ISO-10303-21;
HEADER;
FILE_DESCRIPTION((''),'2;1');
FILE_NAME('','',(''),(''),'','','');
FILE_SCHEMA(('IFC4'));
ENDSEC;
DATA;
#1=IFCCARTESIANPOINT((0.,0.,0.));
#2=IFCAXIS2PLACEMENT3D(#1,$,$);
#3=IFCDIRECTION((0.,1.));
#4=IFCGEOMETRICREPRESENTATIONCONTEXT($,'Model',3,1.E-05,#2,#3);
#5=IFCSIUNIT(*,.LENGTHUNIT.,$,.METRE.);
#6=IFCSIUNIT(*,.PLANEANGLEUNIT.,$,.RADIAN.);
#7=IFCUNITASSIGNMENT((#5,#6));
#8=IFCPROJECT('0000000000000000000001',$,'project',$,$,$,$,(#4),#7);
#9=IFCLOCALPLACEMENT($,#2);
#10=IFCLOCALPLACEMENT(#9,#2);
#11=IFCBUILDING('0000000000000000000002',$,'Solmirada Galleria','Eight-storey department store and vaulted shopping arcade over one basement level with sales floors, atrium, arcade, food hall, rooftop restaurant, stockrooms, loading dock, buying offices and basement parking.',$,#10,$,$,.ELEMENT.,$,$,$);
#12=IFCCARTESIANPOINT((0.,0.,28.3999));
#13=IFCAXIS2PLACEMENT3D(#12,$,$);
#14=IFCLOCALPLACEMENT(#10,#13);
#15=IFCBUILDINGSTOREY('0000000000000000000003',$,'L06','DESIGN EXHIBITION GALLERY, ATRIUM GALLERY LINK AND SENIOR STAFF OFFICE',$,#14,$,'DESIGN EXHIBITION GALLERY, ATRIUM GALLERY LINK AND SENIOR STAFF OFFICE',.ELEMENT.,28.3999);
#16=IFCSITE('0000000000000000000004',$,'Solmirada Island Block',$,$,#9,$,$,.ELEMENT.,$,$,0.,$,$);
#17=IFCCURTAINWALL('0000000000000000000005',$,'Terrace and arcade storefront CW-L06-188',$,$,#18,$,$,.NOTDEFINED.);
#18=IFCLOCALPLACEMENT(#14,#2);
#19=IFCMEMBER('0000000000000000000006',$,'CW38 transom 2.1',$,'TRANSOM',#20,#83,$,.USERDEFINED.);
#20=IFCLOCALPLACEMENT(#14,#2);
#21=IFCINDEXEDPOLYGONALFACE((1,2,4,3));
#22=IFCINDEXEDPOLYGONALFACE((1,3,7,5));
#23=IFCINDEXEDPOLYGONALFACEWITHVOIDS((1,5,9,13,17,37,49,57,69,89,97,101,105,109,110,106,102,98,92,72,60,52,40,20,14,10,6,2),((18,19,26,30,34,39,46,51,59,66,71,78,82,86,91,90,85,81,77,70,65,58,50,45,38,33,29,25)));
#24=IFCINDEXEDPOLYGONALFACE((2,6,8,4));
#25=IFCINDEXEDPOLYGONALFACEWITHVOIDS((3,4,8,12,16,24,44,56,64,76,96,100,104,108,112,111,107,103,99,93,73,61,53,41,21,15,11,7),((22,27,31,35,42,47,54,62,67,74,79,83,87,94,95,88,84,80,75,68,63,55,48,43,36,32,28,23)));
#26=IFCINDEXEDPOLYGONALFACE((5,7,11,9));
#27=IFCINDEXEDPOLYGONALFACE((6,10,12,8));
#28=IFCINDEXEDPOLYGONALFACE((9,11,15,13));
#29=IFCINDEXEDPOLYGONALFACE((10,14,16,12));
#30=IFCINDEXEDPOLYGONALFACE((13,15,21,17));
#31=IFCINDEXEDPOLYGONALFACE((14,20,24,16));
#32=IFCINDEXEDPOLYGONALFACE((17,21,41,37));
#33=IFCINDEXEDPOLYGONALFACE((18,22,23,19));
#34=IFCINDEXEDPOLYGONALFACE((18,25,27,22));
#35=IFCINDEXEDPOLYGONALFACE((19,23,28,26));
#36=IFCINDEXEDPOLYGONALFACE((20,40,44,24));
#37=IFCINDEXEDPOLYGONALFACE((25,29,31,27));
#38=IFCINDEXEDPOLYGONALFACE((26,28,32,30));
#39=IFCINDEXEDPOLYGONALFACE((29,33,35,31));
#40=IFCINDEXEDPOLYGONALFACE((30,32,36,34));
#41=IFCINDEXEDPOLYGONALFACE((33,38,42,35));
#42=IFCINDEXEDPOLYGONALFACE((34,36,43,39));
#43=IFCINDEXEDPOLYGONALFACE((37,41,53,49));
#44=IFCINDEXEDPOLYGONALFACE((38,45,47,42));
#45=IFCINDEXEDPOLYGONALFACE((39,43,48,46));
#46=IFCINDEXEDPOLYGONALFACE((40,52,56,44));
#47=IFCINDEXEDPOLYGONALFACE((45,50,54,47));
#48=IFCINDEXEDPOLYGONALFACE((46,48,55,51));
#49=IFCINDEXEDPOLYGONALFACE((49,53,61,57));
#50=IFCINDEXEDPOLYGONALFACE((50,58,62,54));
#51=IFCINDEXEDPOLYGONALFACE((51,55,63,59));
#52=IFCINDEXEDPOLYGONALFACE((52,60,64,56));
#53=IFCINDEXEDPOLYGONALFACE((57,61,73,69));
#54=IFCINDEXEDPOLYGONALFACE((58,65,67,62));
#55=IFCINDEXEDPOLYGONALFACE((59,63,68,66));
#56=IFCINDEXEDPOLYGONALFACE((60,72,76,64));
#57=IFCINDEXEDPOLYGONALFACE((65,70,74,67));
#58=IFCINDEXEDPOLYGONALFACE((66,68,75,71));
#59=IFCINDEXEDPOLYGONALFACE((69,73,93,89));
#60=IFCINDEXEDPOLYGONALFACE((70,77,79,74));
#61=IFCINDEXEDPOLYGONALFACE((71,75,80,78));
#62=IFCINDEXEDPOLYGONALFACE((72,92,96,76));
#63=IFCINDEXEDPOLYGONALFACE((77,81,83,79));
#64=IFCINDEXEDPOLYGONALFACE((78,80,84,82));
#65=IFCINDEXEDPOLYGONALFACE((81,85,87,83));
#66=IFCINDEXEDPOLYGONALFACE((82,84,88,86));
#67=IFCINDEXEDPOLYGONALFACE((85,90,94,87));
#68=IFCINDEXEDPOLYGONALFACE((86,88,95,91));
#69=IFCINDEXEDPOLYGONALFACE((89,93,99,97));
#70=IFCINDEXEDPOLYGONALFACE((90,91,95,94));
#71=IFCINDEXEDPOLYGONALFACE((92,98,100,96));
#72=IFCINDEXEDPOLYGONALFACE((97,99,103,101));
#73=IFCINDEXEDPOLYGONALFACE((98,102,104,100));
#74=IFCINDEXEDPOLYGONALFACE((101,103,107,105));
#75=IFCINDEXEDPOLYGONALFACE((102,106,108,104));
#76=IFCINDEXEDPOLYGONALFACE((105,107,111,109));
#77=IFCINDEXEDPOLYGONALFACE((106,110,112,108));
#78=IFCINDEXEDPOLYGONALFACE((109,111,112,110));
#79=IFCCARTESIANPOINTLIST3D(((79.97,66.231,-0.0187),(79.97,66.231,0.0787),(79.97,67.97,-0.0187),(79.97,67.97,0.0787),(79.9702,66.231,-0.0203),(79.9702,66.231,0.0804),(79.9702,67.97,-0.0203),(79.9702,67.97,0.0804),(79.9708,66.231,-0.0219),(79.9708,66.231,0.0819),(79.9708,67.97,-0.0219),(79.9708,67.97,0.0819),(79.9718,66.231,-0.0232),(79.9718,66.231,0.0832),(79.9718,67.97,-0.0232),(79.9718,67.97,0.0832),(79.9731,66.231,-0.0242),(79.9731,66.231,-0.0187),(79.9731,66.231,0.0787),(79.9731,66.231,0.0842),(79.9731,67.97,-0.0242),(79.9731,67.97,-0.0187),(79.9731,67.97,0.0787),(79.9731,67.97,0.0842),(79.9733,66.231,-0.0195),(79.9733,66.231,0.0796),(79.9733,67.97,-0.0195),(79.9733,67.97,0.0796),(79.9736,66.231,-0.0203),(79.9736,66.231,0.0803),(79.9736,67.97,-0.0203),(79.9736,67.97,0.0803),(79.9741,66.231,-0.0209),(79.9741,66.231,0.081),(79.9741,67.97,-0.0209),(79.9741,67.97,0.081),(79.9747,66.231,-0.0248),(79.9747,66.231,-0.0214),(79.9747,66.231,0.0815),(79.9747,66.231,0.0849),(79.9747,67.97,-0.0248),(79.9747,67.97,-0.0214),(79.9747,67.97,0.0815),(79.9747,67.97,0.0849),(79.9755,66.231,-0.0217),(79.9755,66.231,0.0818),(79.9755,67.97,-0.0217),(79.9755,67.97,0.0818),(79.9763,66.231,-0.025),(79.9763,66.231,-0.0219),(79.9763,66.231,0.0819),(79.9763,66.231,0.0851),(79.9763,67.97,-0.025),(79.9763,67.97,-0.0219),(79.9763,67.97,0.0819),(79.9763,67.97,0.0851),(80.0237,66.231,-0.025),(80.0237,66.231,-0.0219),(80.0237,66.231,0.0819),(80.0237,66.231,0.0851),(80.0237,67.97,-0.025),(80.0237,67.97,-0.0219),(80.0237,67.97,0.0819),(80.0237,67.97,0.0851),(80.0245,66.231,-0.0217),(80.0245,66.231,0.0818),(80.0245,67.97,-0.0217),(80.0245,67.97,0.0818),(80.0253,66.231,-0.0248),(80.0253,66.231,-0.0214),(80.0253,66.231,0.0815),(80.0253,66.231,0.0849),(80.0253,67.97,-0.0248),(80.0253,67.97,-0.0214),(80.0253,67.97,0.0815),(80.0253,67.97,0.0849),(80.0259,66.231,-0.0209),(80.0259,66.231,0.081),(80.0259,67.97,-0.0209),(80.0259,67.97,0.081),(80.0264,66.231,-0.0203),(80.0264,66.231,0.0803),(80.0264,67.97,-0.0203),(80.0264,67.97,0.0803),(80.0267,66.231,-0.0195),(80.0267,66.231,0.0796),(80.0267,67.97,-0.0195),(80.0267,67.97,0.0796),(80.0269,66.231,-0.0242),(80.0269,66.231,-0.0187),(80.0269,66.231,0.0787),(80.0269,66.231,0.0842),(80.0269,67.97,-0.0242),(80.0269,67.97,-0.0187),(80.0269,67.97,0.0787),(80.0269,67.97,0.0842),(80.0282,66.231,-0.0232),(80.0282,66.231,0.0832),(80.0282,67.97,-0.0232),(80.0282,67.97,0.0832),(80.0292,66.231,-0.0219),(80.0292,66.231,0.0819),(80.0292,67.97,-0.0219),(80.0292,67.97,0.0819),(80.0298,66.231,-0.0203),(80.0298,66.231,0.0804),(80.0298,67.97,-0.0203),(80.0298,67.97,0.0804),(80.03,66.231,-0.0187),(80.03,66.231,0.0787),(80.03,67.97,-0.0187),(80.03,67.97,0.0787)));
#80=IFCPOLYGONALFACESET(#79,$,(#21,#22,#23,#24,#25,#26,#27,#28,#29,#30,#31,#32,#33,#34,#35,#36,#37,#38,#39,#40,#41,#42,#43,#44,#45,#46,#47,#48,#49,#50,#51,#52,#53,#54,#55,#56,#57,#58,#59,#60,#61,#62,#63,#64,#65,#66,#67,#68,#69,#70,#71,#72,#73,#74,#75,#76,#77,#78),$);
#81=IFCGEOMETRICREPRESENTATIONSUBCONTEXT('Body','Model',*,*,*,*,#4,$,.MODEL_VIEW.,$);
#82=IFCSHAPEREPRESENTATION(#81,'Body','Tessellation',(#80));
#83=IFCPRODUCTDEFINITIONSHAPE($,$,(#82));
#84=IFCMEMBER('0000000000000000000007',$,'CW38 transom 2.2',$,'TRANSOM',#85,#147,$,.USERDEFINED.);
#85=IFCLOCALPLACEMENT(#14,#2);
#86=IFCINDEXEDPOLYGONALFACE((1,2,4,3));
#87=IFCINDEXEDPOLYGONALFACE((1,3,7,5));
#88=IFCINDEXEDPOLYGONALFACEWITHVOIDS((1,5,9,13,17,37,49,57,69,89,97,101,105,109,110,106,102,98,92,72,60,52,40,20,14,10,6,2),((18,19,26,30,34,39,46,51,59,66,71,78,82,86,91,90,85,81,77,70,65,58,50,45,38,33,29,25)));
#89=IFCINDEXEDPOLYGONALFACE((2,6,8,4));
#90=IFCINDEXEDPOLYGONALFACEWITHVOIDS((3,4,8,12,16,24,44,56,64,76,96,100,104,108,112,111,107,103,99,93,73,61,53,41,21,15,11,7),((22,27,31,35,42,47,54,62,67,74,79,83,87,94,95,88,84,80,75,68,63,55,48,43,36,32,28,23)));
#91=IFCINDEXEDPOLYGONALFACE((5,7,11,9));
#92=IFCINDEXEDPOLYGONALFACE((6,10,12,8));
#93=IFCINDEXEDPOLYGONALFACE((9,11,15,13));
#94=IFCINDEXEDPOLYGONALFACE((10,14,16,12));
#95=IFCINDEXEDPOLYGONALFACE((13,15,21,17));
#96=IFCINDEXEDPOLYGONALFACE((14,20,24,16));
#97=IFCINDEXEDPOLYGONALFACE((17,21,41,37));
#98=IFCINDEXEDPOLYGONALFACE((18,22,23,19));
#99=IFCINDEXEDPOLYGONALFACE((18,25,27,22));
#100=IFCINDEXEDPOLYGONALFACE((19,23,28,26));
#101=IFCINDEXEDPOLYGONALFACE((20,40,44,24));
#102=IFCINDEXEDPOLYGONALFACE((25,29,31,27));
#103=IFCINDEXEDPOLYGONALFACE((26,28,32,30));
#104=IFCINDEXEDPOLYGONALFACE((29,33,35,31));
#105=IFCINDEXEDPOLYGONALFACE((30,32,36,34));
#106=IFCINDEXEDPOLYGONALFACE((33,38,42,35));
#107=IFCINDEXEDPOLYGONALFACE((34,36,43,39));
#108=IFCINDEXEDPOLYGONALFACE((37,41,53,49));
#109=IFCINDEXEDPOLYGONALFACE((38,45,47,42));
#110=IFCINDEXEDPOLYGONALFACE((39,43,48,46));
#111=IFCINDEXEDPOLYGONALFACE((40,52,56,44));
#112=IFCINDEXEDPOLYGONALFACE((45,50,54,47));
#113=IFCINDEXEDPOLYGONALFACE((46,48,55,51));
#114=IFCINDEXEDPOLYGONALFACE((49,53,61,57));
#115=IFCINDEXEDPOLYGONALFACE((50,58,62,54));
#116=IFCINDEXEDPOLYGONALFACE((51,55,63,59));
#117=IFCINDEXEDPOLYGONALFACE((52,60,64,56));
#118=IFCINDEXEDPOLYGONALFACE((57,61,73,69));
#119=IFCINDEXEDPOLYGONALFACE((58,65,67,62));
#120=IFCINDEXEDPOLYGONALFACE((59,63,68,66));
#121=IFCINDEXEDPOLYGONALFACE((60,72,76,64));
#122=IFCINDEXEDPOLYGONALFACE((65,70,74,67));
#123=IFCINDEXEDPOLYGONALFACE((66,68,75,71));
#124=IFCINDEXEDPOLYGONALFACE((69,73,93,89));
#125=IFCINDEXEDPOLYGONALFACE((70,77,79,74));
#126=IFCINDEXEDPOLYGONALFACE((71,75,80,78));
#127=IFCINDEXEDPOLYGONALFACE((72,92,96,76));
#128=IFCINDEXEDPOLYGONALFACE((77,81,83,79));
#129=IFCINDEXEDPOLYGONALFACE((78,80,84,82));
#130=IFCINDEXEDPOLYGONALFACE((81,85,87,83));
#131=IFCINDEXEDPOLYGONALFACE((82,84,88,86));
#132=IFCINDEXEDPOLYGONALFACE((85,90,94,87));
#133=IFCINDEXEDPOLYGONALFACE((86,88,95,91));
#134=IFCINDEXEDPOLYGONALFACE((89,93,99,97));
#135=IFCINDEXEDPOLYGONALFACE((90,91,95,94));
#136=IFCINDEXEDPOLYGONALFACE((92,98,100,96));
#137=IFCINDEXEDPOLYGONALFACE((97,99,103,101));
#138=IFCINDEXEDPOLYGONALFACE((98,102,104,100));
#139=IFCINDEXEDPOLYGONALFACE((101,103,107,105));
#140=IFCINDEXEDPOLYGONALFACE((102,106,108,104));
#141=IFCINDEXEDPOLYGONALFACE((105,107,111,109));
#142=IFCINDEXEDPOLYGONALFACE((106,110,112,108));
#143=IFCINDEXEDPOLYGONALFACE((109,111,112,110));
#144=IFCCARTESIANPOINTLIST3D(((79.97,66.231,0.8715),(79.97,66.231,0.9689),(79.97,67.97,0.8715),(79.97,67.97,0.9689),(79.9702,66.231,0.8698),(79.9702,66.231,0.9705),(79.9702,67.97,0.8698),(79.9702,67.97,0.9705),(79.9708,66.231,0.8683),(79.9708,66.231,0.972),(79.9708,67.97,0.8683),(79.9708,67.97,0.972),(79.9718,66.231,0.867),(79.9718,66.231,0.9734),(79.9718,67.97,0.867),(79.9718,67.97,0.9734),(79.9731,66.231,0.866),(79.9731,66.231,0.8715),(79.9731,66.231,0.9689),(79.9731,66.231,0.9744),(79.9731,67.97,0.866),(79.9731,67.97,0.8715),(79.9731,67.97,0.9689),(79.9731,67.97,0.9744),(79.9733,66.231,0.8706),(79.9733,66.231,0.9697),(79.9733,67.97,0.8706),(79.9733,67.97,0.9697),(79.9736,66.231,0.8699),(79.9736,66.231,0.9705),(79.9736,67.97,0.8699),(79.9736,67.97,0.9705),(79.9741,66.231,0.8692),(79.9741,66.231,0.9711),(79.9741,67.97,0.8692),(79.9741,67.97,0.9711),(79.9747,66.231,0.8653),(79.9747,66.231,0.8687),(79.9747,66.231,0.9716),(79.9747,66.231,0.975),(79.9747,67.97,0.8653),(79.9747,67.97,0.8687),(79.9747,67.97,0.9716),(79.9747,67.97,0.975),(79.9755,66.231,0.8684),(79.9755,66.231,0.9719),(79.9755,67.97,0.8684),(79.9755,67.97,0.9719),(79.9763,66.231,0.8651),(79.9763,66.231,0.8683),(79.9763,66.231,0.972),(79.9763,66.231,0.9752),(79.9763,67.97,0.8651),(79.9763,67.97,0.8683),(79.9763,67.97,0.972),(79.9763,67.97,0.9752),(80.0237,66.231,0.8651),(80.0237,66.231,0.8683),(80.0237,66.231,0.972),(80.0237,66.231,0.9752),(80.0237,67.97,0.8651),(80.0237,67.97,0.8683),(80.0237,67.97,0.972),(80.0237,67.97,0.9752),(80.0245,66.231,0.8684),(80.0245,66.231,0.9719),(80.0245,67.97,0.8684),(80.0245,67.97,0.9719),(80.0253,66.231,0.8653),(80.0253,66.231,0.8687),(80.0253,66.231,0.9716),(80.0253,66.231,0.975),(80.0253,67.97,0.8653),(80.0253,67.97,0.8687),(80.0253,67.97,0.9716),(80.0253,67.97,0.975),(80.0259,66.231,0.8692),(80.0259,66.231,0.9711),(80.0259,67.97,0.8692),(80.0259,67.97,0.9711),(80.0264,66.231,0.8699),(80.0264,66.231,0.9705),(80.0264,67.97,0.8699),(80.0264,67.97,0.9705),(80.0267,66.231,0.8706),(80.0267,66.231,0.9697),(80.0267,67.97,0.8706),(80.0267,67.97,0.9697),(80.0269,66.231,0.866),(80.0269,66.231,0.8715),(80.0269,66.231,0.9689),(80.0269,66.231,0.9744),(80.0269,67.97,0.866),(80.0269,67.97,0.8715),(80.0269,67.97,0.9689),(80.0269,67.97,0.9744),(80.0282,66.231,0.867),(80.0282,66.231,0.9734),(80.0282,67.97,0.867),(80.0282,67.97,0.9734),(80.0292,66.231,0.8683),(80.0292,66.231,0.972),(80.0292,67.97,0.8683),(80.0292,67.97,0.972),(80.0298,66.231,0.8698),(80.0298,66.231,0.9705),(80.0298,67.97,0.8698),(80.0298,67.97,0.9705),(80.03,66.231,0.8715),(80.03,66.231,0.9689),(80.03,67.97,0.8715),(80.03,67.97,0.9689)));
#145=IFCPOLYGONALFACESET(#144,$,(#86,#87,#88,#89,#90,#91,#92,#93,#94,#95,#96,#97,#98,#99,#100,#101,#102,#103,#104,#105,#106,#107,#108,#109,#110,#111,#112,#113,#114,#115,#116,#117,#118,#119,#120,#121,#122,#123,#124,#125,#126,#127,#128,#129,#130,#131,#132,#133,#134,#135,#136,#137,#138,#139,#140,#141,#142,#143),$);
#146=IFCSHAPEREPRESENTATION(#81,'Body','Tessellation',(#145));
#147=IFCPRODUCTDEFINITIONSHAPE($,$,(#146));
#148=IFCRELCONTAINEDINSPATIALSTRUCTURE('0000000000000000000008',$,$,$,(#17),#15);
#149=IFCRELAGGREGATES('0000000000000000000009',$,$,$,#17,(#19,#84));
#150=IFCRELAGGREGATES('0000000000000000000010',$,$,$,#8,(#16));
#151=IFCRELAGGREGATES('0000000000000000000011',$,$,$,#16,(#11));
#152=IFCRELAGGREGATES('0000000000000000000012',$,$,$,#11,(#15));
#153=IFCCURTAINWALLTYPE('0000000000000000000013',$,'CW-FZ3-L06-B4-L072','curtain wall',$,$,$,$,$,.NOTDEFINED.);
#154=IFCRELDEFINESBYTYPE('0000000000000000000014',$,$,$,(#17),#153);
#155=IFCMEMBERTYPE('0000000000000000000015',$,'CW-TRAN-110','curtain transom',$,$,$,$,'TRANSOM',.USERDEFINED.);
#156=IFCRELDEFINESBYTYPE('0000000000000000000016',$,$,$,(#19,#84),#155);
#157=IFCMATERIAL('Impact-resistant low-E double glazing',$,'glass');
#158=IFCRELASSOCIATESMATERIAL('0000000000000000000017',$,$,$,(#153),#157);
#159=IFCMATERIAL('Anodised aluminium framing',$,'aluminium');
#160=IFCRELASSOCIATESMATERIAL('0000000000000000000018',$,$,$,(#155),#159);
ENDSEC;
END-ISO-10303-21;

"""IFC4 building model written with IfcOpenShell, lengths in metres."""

from ifc_helpers import new_model, si_unit, direction, frame, origin, origin_2d, place, context, subcontext, project, spatial, hollow_rectangle, extrude, material, material_profile, profile_set, type_object, element, aggregate, save


model = new_model("IFC4")

# Units and contexts
model_context = context("Model", 3, precision=1e-05, world=origin(), true_north=direction((0.0, 1.0)))
body_context = subcontext(model_context, "Body", "Model", "MODEL_VIEW")
ifc_project = project(units=[si_unit("LENGTHUNIT", "METRE"), si_unit("PLANEANGLEUNIT", "RADIAN")], contexts=[model_context])

# Site, building, storey
site_placement = place(None, origin())
site = spatial("IfcSite", under=ifc_project, at=site_placement, Name="Solmirada Island Block", CompositionType="ELEMENT", RefElevation=0.0)
building_placement = place(site_placement, origin())
building = spatial("IfcBuilding", under=site, at=building_placement, Name="Solmirada Galleria", Description="Eight-storey department store and vaulted shopping arcade over one basement level with sales floors, atrium, arcade, food hall, rooftop restaurant, stockrooms, loading dock, buying offices and basement parking.", CompositionType="ELEMENT")
storey_placement = place(building_placement, frame((0.0, 0.0, 28.3999)))
storey = spatial("IfcBuildingStorey", under=building, at=storey_placement, Name="L06", Description="DESIGN EXHIBITION GALLERY, ATRIUM GALLERY LINK AND SENIOR STAFF OFFICE", LongName="DESIGN EXHIBITION GALLERY, ATRIUM GALLERY LINK AND SENIOR STAFF OFFICE", CompositionType="ELEMENT", Elevation=28.3999)

# Shared definitions
ifc_material_1 = material(Name="Impact-resistant low-E double glazing", Category="glass")
curtain_wall_type = type_object("IfcCurtainWallType", Name="CW-FZ3-L06-B4-L072", Description="curtain wall", PredefinedType="NOTDEFINED", material=ifc_material_1)
ifc_material_2 = material(Name="Anodised aluminium framing", Category="aluminium")

# Curtain wall
curtain_wall_1_placement = place(storey_placement, origin())
curtain_wall_1 = element("IfcCurtainWall", 1, at=curtain_wall_1_placement, inside=storey, type_object=curtain_wall_type, Name="Terrace and arcade storefront CW-L06-188", PredefinedType="NOTDEFINED")

# Members
ifc_material_profile_1 = material_profile(ifc_material_2, hollow_rectangle(XDim=0.0601, YDim=0.1101, WallThickness=0.0032, InnerFilletRadius=0.0032, OuterFilletRadius=0.0063, at=origin_2d()), Name="ALU-TRAN-110X60")
ifc_profile_set_1 = profile_set([ifc_material_profile_1], Name="Anodised aluminium framing")
member_type_1 = type_object("IfcMemberType", Name="CW-TRAN-110", Description="curtain transom", ElementType="TRANSOM", PredefinedType="USERDEFINED", material=ifc_profile_set_1)
member_1_placement = place(storey_placement, frame((80.0, 66.231, 0.03), z_axis=(0.0, 1.0, 0.0), x_axis=(-1.0, 0.0, 0.0)))
member_1 = element("IfcMember", 2, at=member_1_placement, type_object=member_type_1, Name="CW38 transom 2.1", ObjectType="TRANSOM", PredefinedType="USERDEFINED", context=body_context, shape_type="SweptSolid", body=[
    extrude(hollow_rectangle(XDim=0.0601, YDim=0.1101, WallThickness=0.0032, InnerFilletRadius=0.0032, OuterFilletRadius=0.0063, at=origin_2d()), origin(), (0.0, 0.0, 1.0), 1.739),
])
member_2_placement = place(storey_placement, frame((80.0, 66.231, 0.9202), z_axis=(0.0, 1.0, 0.0), x_axis=(-1.0, 0.0, 0.0)))
member_2 = element("IfcMember", 3, at=member_2_placement, type_object=member_type_1, Name="CW38 transom 2.2", ObjectType="TRANSOM", PredefinedType="USERDEFINED", context=body_context, shape_type="SweptSolid", body=[
    extrude(hollow_rectangle(XDim=0.0601, YDim=0.1101, WallThickness=0.0032, InnerFilletRadius=0.0032, OuterFilletRadius=0.0063, at=origin_2d()), origin(), (0.0, 0.0, 1.0), 1.739),
])

aggregate(curtain_wall_1, [member_1, member_2])

save(model, "model.ifc")
